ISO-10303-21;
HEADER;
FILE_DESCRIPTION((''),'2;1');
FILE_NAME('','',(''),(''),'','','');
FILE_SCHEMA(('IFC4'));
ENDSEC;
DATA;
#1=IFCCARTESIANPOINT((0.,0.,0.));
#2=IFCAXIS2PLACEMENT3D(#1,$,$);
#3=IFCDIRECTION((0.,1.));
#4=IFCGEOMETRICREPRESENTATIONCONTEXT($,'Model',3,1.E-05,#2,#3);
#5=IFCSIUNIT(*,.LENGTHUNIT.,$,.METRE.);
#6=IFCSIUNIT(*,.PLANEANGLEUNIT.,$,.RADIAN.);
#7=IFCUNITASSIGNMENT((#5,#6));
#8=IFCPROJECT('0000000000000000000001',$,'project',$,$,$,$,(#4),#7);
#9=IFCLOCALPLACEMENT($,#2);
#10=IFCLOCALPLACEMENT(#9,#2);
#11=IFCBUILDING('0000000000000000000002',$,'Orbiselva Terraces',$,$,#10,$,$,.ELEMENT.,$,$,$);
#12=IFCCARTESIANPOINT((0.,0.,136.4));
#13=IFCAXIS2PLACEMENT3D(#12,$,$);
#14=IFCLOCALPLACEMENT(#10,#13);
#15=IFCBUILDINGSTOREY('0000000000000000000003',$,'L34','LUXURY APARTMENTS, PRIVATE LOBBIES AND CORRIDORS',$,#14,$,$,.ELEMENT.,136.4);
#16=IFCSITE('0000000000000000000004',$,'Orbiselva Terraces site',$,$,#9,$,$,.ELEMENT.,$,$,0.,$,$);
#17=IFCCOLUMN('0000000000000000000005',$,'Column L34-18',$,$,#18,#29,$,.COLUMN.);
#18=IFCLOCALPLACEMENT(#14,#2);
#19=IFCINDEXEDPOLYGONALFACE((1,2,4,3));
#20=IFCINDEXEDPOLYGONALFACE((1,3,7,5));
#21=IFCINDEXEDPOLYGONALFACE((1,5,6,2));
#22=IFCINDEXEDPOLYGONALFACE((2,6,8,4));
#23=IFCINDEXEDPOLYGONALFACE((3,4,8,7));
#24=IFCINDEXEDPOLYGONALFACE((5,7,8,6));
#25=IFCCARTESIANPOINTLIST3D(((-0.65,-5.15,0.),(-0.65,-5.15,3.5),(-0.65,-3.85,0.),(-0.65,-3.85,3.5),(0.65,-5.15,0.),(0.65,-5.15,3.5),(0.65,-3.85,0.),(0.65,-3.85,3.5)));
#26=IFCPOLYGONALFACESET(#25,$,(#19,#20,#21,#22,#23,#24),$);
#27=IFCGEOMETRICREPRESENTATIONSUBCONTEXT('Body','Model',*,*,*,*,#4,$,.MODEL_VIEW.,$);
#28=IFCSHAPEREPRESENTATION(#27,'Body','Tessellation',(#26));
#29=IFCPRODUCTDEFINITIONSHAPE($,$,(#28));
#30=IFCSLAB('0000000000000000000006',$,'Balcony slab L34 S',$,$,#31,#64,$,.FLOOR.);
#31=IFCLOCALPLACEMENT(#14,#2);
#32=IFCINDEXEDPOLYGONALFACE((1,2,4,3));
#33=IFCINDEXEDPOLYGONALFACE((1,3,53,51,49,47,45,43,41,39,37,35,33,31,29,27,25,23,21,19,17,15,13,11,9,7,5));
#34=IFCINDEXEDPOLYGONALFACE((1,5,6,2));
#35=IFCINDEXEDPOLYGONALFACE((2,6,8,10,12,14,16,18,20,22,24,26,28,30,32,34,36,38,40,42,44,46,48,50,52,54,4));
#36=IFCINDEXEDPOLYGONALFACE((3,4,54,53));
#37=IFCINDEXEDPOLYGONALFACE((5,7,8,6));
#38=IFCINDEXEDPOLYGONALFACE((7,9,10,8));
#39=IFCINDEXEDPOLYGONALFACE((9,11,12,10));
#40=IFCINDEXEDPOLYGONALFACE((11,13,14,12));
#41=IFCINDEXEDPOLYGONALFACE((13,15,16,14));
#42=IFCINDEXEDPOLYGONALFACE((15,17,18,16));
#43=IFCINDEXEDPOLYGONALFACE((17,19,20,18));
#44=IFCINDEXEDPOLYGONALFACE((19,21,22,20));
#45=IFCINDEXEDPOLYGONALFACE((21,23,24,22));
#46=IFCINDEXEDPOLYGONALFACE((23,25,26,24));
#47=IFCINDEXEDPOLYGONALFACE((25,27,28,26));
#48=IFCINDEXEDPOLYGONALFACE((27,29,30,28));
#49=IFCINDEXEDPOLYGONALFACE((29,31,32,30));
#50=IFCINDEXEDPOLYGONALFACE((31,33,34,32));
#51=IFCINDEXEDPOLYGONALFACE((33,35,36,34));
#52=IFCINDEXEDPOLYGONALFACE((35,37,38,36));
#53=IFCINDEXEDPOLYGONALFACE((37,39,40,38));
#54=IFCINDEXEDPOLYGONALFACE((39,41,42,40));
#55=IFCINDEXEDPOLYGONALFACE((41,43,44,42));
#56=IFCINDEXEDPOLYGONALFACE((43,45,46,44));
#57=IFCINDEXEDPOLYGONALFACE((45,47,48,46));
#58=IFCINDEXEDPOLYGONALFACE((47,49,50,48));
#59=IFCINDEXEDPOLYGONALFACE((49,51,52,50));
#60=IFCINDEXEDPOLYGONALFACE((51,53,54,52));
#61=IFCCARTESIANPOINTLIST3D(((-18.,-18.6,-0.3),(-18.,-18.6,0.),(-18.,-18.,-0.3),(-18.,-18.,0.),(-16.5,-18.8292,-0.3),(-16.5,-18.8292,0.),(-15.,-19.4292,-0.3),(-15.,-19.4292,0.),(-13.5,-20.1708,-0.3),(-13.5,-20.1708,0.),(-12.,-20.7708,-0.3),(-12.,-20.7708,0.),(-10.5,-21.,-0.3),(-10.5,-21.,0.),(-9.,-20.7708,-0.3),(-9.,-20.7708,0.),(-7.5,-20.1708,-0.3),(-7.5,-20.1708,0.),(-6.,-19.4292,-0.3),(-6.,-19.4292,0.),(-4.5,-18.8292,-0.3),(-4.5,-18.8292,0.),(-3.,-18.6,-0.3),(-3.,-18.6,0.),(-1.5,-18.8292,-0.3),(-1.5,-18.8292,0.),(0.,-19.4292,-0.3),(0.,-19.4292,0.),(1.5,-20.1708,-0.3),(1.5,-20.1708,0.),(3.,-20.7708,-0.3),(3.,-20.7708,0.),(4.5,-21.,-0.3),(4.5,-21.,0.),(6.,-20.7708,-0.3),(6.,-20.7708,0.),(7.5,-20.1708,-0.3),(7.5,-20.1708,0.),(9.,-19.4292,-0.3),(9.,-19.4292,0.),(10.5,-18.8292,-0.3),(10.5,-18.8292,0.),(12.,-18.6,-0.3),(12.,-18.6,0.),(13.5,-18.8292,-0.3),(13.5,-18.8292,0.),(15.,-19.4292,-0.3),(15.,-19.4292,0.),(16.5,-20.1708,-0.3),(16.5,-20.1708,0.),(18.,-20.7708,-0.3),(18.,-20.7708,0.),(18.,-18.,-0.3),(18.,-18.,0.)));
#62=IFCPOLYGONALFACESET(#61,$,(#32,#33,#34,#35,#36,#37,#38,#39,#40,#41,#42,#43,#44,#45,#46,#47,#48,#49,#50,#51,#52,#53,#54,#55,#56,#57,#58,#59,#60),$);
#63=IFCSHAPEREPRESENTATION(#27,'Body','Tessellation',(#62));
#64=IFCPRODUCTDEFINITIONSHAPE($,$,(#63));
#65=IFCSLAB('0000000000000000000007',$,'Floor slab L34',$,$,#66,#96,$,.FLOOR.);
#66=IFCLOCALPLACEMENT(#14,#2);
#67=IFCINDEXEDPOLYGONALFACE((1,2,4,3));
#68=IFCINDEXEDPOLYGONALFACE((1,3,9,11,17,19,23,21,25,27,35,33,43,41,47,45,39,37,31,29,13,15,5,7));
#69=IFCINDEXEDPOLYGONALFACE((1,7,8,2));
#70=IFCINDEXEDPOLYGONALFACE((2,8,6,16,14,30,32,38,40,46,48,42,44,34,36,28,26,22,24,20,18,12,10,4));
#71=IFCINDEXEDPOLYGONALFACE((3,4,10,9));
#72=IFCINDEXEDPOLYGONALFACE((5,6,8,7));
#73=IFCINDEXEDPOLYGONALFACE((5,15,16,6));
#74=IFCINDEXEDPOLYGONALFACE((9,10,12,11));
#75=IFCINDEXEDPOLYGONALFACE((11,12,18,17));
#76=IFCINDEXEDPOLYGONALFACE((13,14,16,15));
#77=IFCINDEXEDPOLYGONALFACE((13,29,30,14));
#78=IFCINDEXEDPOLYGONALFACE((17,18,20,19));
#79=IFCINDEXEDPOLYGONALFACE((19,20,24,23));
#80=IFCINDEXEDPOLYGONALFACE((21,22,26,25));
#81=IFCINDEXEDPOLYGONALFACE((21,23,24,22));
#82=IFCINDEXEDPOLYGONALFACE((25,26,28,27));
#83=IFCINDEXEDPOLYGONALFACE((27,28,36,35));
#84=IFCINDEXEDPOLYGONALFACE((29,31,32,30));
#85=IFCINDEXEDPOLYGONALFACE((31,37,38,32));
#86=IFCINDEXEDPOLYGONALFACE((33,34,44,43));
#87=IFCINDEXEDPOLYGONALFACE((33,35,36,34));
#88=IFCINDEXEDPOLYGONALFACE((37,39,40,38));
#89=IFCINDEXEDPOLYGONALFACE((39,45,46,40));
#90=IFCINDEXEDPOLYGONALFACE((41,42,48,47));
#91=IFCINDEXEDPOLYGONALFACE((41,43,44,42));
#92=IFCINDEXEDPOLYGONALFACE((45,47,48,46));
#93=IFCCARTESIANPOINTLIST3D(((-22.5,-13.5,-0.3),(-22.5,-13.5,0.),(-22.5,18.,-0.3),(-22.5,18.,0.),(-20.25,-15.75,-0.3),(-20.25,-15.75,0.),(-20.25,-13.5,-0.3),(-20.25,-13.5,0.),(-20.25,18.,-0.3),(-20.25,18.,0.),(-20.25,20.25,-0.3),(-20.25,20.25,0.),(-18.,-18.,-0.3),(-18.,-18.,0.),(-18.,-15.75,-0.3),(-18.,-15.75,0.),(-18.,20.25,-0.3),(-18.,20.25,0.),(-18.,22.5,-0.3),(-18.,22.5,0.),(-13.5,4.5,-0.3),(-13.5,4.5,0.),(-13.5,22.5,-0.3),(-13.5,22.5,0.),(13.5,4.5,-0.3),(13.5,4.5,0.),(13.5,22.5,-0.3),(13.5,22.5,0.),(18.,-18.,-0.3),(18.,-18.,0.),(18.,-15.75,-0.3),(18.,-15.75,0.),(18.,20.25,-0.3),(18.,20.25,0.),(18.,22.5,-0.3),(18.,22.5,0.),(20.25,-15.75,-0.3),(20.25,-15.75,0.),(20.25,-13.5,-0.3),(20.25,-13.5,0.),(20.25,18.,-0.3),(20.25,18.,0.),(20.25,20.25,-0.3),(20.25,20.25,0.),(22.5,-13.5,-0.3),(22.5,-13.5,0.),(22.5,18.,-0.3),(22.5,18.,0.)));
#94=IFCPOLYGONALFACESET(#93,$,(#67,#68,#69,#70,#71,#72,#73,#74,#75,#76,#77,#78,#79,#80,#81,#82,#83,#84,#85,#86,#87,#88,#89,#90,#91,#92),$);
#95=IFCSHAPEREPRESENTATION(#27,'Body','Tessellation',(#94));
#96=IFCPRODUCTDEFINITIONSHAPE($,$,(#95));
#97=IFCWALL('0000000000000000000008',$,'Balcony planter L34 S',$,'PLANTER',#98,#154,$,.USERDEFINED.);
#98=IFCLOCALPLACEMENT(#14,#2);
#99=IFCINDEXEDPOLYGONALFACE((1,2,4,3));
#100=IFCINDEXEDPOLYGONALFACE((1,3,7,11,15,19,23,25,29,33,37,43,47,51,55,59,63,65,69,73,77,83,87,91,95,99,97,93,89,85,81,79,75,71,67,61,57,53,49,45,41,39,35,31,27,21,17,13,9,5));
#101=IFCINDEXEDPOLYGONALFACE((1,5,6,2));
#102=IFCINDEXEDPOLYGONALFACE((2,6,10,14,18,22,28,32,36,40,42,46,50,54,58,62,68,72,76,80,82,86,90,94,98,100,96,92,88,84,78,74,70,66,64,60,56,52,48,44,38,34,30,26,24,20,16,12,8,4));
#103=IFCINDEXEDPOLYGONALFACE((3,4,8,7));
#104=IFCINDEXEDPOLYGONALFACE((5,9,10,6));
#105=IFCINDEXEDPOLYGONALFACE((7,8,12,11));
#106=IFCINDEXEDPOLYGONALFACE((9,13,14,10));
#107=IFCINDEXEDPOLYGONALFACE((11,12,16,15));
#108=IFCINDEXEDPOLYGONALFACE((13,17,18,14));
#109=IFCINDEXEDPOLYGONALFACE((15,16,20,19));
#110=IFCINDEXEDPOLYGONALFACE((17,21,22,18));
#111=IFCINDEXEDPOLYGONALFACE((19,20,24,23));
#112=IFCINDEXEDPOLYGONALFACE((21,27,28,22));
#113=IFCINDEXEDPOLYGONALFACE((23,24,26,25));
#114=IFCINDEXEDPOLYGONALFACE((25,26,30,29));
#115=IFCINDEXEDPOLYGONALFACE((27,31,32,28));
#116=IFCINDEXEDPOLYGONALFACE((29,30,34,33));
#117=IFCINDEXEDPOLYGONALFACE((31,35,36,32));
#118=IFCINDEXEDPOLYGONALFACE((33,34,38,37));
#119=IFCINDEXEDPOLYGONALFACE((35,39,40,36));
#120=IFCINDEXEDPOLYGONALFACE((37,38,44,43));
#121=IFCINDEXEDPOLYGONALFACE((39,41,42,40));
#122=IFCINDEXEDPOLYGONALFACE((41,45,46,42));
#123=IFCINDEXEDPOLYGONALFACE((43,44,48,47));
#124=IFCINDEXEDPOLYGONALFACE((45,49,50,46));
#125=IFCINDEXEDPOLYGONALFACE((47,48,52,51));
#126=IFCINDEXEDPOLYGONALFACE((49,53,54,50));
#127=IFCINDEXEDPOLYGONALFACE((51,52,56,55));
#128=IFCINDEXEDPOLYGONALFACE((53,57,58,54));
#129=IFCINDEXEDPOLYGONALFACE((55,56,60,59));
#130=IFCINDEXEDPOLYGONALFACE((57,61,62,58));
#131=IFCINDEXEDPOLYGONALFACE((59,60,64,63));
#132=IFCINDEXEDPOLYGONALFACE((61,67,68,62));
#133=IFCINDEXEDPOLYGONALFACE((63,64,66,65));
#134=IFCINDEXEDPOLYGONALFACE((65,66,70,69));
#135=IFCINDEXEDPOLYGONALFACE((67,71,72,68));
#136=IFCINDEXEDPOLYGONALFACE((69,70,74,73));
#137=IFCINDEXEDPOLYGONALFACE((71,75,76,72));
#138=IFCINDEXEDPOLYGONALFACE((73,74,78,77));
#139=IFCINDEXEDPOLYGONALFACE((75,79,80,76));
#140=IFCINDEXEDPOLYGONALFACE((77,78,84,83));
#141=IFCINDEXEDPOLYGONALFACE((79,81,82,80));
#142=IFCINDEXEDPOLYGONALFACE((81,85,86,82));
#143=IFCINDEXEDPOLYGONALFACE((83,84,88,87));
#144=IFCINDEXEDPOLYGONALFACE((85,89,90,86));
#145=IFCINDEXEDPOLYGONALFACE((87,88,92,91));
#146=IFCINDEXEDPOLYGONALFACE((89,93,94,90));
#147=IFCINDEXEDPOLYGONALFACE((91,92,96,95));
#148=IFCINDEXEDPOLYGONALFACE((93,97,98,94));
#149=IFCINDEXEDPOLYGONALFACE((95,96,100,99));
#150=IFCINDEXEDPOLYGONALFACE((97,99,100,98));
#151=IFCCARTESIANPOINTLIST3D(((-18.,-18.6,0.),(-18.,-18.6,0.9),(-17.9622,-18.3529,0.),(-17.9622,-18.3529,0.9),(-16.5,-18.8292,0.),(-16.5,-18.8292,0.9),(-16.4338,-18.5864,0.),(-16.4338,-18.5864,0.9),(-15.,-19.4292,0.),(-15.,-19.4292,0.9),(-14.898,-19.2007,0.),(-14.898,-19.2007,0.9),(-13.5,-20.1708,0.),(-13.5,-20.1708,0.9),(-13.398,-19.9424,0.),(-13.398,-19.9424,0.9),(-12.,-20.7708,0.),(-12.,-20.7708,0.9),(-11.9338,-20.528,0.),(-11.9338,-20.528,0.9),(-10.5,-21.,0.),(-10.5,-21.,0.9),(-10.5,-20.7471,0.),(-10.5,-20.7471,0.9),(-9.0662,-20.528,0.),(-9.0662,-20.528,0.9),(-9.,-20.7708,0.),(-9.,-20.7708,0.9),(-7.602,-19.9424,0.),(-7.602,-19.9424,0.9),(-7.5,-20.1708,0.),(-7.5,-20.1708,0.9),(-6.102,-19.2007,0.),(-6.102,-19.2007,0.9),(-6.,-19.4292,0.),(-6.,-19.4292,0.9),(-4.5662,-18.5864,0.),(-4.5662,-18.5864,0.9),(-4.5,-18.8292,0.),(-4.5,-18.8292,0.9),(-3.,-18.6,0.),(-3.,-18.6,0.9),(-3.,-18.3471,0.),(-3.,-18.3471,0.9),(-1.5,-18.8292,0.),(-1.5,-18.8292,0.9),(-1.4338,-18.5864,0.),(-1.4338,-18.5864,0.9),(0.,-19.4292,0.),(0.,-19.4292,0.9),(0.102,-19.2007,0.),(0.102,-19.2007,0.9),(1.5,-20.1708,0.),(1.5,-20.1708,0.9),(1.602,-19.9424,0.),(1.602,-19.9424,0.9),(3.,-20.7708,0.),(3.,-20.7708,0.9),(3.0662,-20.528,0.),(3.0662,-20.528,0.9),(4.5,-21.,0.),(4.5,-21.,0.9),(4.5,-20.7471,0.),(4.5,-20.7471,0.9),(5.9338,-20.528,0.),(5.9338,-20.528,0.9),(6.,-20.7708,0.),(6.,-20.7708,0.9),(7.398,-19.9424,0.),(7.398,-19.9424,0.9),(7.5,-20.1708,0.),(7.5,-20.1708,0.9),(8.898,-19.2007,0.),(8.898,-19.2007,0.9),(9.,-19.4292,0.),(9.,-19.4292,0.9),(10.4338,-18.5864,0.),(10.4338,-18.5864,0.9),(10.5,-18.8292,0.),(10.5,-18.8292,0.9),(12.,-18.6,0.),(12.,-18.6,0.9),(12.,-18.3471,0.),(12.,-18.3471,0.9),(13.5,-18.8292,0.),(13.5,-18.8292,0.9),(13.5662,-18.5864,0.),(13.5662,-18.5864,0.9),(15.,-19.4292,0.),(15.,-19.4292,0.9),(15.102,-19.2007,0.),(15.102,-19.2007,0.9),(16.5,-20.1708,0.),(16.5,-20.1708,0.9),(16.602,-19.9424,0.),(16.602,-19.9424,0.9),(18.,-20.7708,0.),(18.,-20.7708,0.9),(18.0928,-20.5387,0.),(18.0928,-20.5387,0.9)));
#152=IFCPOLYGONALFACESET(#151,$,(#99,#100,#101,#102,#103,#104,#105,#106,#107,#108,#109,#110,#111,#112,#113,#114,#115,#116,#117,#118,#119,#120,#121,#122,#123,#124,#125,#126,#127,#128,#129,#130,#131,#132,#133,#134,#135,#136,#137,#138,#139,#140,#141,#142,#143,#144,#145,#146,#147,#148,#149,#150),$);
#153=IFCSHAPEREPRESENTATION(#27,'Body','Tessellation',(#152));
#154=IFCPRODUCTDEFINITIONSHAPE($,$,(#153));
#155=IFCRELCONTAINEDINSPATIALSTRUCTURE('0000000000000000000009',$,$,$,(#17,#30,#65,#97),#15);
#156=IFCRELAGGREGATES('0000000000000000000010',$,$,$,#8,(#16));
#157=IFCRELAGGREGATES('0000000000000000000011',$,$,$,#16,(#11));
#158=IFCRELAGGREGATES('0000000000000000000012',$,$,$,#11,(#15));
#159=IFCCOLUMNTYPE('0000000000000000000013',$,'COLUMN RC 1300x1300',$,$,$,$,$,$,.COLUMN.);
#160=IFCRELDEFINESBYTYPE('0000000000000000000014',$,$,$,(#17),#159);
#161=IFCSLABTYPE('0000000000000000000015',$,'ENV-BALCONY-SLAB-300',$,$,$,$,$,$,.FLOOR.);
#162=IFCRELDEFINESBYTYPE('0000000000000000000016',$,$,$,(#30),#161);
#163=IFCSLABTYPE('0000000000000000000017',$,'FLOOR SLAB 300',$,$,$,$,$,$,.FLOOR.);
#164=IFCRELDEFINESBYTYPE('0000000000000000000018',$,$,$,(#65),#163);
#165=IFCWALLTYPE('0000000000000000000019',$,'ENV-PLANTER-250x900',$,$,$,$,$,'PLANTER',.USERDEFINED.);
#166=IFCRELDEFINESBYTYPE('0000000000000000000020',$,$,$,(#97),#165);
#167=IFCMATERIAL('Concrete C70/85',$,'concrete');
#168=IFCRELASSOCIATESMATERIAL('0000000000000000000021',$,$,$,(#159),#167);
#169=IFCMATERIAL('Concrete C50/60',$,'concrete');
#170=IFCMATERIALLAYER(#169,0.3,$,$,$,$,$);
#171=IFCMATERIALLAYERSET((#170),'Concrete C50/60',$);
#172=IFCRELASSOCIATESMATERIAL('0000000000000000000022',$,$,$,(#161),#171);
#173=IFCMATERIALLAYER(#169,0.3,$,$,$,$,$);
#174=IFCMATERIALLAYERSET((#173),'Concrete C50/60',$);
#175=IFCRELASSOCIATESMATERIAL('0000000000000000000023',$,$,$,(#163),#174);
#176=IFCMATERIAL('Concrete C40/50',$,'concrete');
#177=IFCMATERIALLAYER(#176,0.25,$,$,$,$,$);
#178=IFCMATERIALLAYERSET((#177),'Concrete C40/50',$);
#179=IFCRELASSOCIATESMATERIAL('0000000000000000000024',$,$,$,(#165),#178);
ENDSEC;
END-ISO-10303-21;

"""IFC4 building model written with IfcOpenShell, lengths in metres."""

from ifc_helpers import new_model, si_unit, direction, frame, origin, origin_2d, place, context, subcontext, project, spatial, polyline, rectangle, outline, extrude, material, layer, layer_set, material_profile, profile_set, type_object, element, save


model = new_model("IFC4")

# Units and contexts
model_context = context("Model", 3, precision=1e-05, world=origin(), true_north=direction((0.0, 1.0)))
body_context = subcontext(model_context, "Body", "Model", "MODEL_VIEW")
ifc_project = project(units=[si_unit("LENGTHUNIT", "METRE"), si_unit("PLANEANGLEUNIT", "RADIAN")], contexts=[model_context])

# Site, building, storey
site_placement = place(None, origin())
site = spatial("IfcSite", under=ifc_project, at=site_placement, Name="Orbiselva Terraces site", CompositionType="ELEMENT", RefElevation=0.0)
building_placement = place(site_placement, origin())
building = spatial("IfcBuilding", under=site, at=building_placement, Name="Orbiselva Terraces", CompositionType="ELEMENT")
storey_placement = place(building_placement, frame((0.0, 0.0, 136.4)))
storey = spatial("IfcBuildingStorey", under=building, at=storey_placement, Name="L34", Description="LUXURY APARTMENTS, PRIVATE LOBBIES AND CORRIDORS", CompositionType="ELEMENT", Elevation=136.4)

# Column
ifc_material_1 = material(Name="Concrete C70/85", Category="concrete")
ifc_material_profile = material_profile(ifc_material_1, rectangle(XDim=1.3, YDim=1.3, at=origin_2d()), Name="RC 1300x1300")
ifc_profile_set = profile_set([ifc_material_profile], Name="Concrete C70/85")
column_type = type_object("IfcColumnType", Name="COLUMN RC 1300x1300", PredefinedType="COLUMN", material=ifc_profile_set)
column_placement = place(storey_placement, frame((0.0, -4.5, 0.0), z_axis=(0.0, 0.0, 1.0), x_axis=(1.0, 0.0, 0.0)))
element("IfcColumn", 1, at=column_placement, inside=storey, type_object=column_type, Name="Column L34-18", PredefinedType="COLUMN", context=body_context, shape_type="SweptSolid", body=[
    extrude(rectangle(XDim=1.3, YDim=1.3, at=origin_2d()), origin(), (0.0, 0.0, 1.0), 3.5),
])

# Slabs
ifc_material_2 = material(Name="Concrete C50/60", Category="concrete")
ifc_layer_1 = layer(ifc_material_2, 0.3)
ifc_layer_set_1 = layer_set([ifc_layer_1], Name="Concrete C50/60")
slab_type_1 = type_object("IfcSlabType", Name="ENV-BALCONY-SLAB-300", PredefinedType="FLOOR", material=ifc_layer_set_1)
slab_1_placement = place(storey_placement, frame((0.0, 0.0, -0.3)))
element("IfcSlab", 2, at=slab_1_placement, inside=storey, type_object=slab_type_1, Name="Balcony slab L34 S", PredefinedType="FLOOR", context=body_context, shape_type="SweptSolid", body=[
    extrude(outline(polyline([(-18.0, -18.6), (-16.5, -18.8292), (-15.0, -19.4292), (-13.5, -20.1708), (-12.0, -20.7708), (-10.5, -21.0), (-9.0, -20.7708), (-7.5, -20.1708), (-6.0, -19.4292), (-4.5, -18.8292), (-3.0, -18.6), (-1.5, -18.8292), (0.0, -19.4292), (1.5, -20.1708), (3.0, -20.7708), (4.5, -21.0), (6.0, -20.7708), (7.5, -20.1708), (9.0, -19.4292), (10.5, -18.8292), (12.0, -18.6), (13.5, -18.8292), (15.0, -19.4292), (16.5, -20.1708), (18.0, -20.7708), (18.0, -18.0), (-18.0, -18.0), (-18.0, -18.6)])), origin(), (0.0, 0.0, 1.0), 0.3),
])
ifc_layer_2 = layer(ifc_material_2, 0.3)
ifc_layer_set_2 = layer_set([ifc_layer_2], Name="Concrete C50/60")
slab_type_2 = type_object("IfcSlabType", Name="FLOOR SLAB 300", PredefinedType="FLOOR", material=ifc_layer_set_2)
slab_2_placement = place(storey_placement, frame((0.0, 0.0, -0.3)))
element("IfcSlab", 3, at=slab_2_placement, inside=storey, type_object=slab_type_2, Name="Floor slab L34", PredefinedType="FLOOR", context=body_context, shape_type="SweptSolid", body=[
    extrude(outline(polyline([(18.0, 22.5), (18.0, 20.25), (20.25, 20.25), (20.25, 18.0), (22.5, 18.0), (22.5, -13.5), (20.25, -13.5), (20.25, -15.75), (18.0, -15.75), (18.0, -18.0), (-18.0, -18.0), (-18.0, -15.75), (-20.25, -15.75), (-20.25, -13.5), (-22.5, -13.5), (-22.5, 18.0), (-20.25, 18.0), (-20.25, 20.25), (-18.0, 20.25), (-18.0, 22.5), (-13.5, 22.5), (-13.5, 4.5), (13.5, 4.5), (13.5, 22.5), (18.0, 22.5)])), origin(), (0.0, 0.0, 1.0), 0.3),
])

# Wall
ifc_material_3 = material(Name="Concrete C40/50", Category="concrete")
ifc_layer_3 = layer(ifc_material_3, 0.25)
ifc_layer_set_3 = layer_set([ifc_layer_3], Name="Concrete C40/50")
wall_type_1 = type_object("IfcWallType", Name="ENV-PLANTER-250x900", ElementType="PLANTER", PredefinedType="USERDEFINED", material=ifc_layer_set_3)
wall_1_placement = place(storey_placement, origin())
element("IfcWall", 4, at=wall_1_placement, inside=storey, type_object=wall_type_1, Name="Balcony planter L34 S", ObjectType="PLANTER", PredefinedType="USERDEFINED", context=body_context, shape_type="SweptSolid", body=[
    extrude(outline(polyline([(-18.0, -18.6), (-16.5, -18.8292), (-15.0, -19.4292), (-13.5, -20.1708), (-12.0, -20.7708), (-10.5, -21.0), (-9.0, -20.7708), (-7.5, -20.1708), (-6.0, -19.4292), (-4.5, -18.8292), (-3.0, -18.6), (-1.5, -18.8292), (0.0, -19.4292), (1.5, -20.1708), (3.0, -20.7708), (4.5, -21.0), (6.0, -20.7708), (7.5, -20.1708), (9.0, -19.4292), (10.5, -18.8292), (12.0, -18.6), (13.5, -18.8292), (15.0, -19.4292), (16.5, -20.1708), (18.0, -20.7708), (18.0928, -20.5387), (16.602, -19.9424), (15.102, -19.2007), (13.5662, -18.5864), (12.0, -18.3471), (10.4338, -18.5864), (8.898, -19.2007), (7.398, -19.9424), (5.9338, -20.528), (4.5, -20.7471), (3.0662, -20.528), (1.602, -19.9424), (0.102, -19.2007), (-1.4338, -18.5864), (-3.0, -18.3471), (-4.5662, -18.5864), (-6.102, -19.2007), (-7.602, -19.9424), (-9.0662, -20.528), (-10.5, -20.7471), (-11.9338, -20.528), (-13.398, -19.9424), (-14.898, -19.2007), (-16.4338, -18.5864), (-17.9622, -18.3529), (-18.0, -18.6)])), origin(), (0.0, 0.0, 1.0), 0.9),
])

save(model, "model.ifc")
